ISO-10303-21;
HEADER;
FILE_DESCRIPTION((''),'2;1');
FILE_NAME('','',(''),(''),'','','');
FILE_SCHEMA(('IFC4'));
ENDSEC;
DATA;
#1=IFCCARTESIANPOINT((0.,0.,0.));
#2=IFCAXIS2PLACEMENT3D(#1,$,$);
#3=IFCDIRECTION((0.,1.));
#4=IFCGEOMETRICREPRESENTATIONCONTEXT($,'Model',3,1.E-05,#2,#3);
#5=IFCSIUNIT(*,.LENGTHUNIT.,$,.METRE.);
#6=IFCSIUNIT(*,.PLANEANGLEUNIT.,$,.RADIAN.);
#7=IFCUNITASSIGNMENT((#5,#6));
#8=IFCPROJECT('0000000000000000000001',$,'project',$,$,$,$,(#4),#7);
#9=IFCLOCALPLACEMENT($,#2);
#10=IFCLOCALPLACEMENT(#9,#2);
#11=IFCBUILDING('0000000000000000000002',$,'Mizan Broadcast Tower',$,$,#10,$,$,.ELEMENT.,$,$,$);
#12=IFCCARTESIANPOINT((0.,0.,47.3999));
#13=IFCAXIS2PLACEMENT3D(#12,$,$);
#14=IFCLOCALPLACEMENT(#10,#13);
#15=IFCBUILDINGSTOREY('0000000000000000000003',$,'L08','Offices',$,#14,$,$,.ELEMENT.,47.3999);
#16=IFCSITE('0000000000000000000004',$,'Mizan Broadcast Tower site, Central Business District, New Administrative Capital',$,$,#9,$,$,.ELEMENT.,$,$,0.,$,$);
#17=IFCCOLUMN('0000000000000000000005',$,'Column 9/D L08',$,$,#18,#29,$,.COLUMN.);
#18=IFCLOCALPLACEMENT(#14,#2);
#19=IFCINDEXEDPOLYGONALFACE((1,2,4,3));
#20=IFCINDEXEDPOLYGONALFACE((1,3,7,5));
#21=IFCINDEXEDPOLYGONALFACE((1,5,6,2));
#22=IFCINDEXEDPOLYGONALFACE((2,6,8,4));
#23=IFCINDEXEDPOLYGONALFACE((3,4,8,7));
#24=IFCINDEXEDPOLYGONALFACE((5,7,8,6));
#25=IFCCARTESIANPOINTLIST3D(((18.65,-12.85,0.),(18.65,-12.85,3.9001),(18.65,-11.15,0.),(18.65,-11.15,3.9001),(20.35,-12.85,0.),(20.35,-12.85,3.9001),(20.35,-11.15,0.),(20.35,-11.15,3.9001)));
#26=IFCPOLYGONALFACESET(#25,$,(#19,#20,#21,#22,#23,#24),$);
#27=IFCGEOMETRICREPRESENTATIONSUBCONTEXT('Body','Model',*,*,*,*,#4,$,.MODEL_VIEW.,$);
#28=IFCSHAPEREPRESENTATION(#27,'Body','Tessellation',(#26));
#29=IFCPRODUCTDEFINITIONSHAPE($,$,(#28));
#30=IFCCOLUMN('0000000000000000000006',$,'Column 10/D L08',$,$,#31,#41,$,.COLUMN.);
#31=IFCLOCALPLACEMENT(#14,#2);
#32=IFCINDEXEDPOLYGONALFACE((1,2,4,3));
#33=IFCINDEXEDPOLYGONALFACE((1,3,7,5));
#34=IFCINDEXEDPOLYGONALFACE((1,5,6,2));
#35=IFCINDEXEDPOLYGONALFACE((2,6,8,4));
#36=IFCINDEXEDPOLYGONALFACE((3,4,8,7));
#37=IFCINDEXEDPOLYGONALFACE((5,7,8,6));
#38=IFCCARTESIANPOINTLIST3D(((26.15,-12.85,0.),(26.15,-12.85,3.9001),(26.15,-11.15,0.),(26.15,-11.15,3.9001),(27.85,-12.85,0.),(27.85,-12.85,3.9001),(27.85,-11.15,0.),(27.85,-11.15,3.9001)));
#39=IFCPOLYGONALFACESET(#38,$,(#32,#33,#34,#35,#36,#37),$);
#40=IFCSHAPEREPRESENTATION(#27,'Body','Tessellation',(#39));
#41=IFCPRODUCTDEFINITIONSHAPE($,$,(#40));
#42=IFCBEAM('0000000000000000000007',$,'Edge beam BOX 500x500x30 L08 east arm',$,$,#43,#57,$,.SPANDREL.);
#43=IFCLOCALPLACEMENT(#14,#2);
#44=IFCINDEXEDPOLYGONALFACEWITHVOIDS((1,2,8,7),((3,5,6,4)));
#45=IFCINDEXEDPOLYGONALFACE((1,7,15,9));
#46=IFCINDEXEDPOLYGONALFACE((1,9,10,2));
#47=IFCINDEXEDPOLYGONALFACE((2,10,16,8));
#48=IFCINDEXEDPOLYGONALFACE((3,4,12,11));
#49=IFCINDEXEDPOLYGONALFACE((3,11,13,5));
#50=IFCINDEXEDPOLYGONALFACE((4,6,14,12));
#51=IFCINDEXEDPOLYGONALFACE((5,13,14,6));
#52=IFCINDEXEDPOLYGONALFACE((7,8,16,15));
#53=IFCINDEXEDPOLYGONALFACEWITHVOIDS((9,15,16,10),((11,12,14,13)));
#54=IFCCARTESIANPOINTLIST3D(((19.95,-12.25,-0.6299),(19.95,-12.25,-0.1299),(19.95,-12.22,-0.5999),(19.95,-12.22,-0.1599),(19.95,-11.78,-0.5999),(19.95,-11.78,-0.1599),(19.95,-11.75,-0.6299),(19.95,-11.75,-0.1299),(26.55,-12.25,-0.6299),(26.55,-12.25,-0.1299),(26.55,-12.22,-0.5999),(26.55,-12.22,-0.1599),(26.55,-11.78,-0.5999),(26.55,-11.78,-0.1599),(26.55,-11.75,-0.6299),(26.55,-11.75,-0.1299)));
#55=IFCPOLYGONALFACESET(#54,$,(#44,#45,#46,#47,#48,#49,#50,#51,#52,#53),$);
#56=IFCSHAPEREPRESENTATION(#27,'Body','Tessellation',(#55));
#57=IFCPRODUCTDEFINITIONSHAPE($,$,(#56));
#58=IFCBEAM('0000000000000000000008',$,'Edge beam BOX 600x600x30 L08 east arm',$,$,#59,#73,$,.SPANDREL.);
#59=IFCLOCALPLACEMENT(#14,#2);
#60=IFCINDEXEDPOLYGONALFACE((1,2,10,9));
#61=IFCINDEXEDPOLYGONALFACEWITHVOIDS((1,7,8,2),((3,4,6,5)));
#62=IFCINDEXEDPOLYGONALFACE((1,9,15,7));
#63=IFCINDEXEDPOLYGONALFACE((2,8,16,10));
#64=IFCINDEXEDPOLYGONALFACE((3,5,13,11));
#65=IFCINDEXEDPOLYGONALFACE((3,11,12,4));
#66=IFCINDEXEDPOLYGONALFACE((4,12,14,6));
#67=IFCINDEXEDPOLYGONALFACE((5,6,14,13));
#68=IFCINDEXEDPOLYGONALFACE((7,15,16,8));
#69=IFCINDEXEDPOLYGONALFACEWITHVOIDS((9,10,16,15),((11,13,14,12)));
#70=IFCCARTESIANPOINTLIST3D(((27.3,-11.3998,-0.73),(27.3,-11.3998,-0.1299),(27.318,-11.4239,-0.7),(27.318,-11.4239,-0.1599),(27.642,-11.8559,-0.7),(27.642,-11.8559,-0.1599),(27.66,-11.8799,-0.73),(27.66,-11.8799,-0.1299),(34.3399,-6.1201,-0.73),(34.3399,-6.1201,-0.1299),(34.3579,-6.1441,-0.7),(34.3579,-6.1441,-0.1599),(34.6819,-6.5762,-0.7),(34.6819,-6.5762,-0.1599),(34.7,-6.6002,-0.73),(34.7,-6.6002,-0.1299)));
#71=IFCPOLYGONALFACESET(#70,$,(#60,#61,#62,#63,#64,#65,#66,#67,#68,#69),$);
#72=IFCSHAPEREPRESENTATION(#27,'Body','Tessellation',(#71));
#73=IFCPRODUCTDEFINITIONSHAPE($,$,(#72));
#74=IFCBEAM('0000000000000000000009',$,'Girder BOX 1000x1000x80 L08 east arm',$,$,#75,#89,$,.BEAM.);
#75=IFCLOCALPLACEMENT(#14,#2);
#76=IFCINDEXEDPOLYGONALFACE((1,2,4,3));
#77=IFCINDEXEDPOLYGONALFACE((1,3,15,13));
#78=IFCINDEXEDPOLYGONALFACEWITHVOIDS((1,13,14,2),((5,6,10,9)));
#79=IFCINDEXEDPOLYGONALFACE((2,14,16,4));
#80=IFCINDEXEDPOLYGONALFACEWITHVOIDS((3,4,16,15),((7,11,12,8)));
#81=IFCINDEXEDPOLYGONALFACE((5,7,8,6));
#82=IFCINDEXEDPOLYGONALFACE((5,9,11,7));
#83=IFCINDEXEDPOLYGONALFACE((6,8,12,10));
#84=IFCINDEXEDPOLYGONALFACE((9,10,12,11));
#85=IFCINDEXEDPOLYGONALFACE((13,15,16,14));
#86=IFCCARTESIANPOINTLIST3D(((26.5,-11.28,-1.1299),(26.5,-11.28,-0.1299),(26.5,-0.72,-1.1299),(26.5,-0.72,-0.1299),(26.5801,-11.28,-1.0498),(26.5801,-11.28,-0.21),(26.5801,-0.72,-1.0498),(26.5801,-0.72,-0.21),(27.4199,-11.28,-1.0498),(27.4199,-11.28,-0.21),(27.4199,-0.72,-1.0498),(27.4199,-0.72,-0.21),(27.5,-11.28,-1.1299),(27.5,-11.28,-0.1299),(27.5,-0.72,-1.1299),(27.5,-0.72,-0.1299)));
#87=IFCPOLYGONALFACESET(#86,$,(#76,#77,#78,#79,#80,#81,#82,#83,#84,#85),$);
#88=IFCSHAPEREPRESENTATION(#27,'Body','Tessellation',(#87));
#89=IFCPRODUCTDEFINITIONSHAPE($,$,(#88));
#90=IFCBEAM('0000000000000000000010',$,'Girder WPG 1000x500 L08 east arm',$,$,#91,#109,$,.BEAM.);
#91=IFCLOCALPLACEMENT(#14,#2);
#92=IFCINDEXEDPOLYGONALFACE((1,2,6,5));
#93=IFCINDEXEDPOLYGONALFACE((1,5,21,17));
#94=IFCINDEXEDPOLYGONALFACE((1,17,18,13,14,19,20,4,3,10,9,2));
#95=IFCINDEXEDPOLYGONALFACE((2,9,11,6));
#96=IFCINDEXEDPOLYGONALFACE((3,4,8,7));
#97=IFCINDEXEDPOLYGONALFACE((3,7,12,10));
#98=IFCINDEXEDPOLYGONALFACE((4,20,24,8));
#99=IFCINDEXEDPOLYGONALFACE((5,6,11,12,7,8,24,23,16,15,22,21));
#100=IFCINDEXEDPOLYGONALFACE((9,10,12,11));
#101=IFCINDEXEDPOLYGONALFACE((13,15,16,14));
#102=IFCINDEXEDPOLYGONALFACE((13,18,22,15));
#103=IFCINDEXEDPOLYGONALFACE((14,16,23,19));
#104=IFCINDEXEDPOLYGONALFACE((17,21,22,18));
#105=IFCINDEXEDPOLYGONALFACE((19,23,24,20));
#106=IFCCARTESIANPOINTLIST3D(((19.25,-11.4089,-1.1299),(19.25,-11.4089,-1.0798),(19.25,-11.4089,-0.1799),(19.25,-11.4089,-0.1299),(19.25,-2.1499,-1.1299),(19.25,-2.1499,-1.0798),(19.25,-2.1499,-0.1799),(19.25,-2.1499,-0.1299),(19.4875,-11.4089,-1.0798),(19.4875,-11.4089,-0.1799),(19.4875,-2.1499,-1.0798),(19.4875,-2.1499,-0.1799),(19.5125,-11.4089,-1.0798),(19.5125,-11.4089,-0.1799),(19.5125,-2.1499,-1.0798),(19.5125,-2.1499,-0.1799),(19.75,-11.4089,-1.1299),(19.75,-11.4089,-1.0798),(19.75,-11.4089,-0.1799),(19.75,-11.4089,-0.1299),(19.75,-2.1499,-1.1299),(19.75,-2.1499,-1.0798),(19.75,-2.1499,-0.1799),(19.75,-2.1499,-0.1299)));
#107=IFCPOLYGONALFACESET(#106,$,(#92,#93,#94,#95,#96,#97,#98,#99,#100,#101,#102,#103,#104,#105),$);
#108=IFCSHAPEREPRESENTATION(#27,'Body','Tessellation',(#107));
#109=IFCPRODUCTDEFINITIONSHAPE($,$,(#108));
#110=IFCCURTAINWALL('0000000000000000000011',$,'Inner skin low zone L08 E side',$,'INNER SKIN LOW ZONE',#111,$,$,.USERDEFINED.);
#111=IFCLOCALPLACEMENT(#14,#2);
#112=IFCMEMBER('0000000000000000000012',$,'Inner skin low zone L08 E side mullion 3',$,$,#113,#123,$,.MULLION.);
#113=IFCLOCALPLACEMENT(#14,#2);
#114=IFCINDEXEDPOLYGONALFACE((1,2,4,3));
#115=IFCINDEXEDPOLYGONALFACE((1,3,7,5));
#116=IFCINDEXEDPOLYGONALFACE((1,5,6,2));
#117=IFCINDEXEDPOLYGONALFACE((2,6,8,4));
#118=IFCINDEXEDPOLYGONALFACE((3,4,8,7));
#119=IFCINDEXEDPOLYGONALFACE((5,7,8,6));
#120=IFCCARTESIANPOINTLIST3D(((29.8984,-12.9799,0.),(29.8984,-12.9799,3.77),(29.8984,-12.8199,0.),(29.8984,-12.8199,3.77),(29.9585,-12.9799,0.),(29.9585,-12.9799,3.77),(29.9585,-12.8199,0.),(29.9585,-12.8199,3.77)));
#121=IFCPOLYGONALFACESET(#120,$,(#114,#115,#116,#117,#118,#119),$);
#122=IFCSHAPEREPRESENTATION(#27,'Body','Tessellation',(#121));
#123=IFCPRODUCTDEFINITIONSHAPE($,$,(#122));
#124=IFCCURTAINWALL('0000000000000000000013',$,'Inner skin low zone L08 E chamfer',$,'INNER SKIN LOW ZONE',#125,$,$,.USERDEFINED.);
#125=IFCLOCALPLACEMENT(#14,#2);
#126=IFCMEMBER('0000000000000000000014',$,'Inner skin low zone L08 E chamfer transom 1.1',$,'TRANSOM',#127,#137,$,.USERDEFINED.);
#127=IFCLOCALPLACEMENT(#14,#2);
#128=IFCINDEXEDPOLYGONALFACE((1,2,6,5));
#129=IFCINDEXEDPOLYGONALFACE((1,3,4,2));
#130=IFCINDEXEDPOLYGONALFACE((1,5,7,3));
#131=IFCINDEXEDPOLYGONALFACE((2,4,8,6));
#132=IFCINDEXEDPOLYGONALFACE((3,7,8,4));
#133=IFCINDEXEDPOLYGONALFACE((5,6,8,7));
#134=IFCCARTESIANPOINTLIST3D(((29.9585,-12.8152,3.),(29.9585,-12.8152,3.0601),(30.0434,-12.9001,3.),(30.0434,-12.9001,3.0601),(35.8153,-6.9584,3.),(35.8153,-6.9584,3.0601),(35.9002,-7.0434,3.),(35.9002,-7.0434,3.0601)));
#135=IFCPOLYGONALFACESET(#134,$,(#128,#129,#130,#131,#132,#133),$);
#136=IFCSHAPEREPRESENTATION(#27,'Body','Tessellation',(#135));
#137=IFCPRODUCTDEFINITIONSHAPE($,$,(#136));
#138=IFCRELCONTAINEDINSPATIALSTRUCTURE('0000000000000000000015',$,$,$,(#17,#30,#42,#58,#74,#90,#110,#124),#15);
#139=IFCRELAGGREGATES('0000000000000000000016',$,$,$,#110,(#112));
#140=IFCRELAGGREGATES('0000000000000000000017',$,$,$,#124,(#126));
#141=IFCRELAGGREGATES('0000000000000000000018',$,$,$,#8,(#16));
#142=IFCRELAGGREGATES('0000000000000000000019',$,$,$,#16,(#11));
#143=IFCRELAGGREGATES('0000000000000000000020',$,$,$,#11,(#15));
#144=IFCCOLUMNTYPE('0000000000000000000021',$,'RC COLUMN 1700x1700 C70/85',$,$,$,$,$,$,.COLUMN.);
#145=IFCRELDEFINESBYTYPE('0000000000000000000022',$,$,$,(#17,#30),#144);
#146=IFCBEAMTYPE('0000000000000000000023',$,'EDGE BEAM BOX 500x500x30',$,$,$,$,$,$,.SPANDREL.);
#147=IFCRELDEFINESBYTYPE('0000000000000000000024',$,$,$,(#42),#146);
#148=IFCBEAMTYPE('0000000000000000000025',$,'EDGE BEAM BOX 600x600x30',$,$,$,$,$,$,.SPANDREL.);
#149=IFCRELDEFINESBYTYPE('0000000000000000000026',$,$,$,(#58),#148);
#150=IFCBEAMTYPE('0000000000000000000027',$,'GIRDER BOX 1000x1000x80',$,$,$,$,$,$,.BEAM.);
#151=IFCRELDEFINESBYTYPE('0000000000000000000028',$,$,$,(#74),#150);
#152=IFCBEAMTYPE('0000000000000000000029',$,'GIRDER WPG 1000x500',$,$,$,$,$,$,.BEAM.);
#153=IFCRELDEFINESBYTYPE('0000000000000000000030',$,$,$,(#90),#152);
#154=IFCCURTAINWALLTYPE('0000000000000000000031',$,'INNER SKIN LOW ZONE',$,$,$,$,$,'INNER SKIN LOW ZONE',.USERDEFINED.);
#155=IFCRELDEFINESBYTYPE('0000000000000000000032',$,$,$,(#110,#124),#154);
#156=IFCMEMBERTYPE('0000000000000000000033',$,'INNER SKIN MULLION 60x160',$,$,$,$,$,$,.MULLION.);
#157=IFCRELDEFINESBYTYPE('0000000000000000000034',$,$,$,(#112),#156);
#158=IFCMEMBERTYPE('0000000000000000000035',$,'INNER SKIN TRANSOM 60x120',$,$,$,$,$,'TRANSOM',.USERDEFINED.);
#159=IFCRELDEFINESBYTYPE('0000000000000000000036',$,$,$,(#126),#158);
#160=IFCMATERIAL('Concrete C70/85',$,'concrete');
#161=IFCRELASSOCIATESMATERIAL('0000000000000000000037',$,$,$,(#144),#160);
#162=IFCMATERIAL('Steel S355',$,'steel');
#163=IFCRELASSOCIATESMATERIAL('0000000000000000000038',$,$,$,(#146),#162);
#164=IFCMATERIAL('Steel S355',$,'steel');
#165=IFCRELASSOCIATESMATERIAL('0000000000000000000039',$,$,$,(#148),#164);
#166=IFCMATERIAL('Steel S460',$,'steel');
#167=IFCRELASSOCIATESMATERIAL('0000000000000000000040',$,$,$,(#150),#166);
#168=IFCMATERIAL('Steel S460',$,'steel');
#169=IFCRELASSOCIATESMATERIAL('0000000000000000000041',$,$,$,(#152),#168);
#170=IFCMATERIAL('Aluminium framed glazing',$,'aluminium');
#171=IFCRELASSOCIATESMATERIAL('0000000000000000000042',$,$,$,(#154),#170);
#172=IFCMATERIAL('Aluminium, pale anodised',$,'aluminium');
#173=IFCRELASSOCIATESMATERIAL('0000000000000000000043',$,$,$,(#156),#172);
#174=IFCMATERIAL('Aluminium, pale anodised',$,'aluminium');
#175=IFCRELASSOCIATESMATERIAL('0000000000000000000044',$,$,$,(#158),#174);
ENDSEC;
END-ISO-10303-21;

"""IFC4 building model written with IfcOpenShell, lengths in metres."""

from ifc_helpers import new_model, si_unit, direction, frame, origin, origin_2d, place, context, subcontext, project, spatial, rectangle, hollow_rectangle, i_section, extrude, material, material_profile, profile_set, type_object, element, aggregate, save


model = new_model("IFC4")

# Units and contexts
model_context = context("Model", 3, precision=1e-05, world=origin(), true_north=direction((0.0, 1.0)))
body_context = subcontext(model_context, "Body", "Model", "MODEL_VIEW")
ifc_project = project(units=[si_unit("LENGTHUNIT", "METRE"), si_unit("PLANEANGLEUNIT", "RADIAN")], contexts=[model_context])

# Site, building, storey
site_placement = place(None, origin())
site = spatial("IfcSite", under=ifc_project, at=site_placement, Name="Mizan Broadcast Tower site, Central Business District, New Administrative Capital", CompositionType="ELEMENT", RefElevation=0.0)
building_placement = place(site_placement, origin())
building = spatial("IfcBuilding", under=site, at=building_placement, Name="Mizan Broadcast Tower", CompositionType="ELEMENT")
storey_placement = place(building_placement, frame((0.0, 0.0, 47.3999)))
storey = spatial("IfcBuildingStorey", under=building, at=storey_placement, Name="L08", Description="Offices", CompositionType="ELEMENT", Elevation=47.3999)

# Columns
ifc_material_1 = material(Name="Concrete C70/85", Category="concrete")
ifc_material_profile_1 = material_profile(ifc_material_1, rectangle(XDim=1.7, YDim=1.7, at=origin_2d()), Name="RC 1700x1700")
ifc_profile_set_1 = profile_set([ifc_material_profile_1], Name="Concrete C70/85")
column_type = type_object("IfcColumnType", Name="RC COLUMN 1700x1700 C70/85", PredefinedType="COLUMN", material=ifc_profile_set_1)
for number, where, z_axis, x_axis, name in (
    (1, (19.5, -12.0, 0.0), (0.0, 0.0, 1.0), (1.0, 0.0, 0.0), "Column 9/D L08"),
    (2, (27.0, -12.0, 0.0), (0.0, 0.0, 1.0), (1.0, 0.0, 0.0), "Column 10/D L08"),
):
    element("IfcColumn", number, at=place(storey_placement, frame(where, z_axis=z_axis, x_axis=x_axis)), inside=storey, type_object=column_type, Name=name, PredefinedType="COLUMN", context=body_context, shape_type="SweptSolid", body=[
        extrude(rectangle(XDim=1.7, YDim=1.7, at=origin_2d()), origin(), (0.0, 0.0, 1.0), 3.9001),
    ])

# Beams
ifc_material_2 = material(Name="Steel S355", Category="steel")
ifc_material_profile_2 = material_profile(ifc_material_2, hollow_rectangle(XDim=0.5, YDim=0.5, WallThickness=0.03, at=origin_2d()), Name="BOX 500x500x30")
ifc_profile_set_2 = profile_set([ifc_material_profile_2], Name="Steel S355")
beam_type_1 = type_object("IfcBeamType", Name="EDGE BEAM BOX 500x500x30", PredefinedType="SPANDREL", material=ifc_profile_set_2)
beam_1_placement = place(storey_placement, frame((19.95, -12.0, -0.3799), z_axis=(1.0, 0.0, 0.0), x_axis=(0.0, 1.0, 0.0)))
element("IfcBeam", 3, at=beam_1_placement, inside=storey, type_object=beam_type_1, Name="Edge beam BOX 500x500x30 L08 east arm", PredefinedType="SPANDREL", context=body_context, shape_type="SweptSolid", body=[
    extrude(hollow_rectangle(XDim=0.5, YDim=0.5, WallThickness=0.03, at=origin_2d()), origin(), (0.0, 0.0, 1.0), 6.6001),
])
ifc_material_3 = material(Name="Steel S355", Category="steel")
ifc_material_profile_3 = material_profile(ifc_material_3, hollow_rectangle(XDim=0.6001, YDim=0.6001, WallThickness=0.03, at=origin_2d()), Name="BOX 600x600x30")
ifc_profile_set_3 = profile_set([ifc_material_profile_3], Name="Steel S355")
beam_type_2 = type_object("IfcBeamType", Name="EDGE BEAM BOX 600x600x30", PredefinedType="SPANDREL", material=ifc_profile_set_3)
beam_2_placement = place(storey_placement, frame((27.48, -11.6399, -0.4299), z_axis=(0.800013, 0.599982, 0.0), x_axis=(-0.599982, 0.800013, 0.0)))
element("IfcBeam", 4, at=beam_2_placement, inside=storey, type_object=beam_type_2, Name="Edge beam BOX 600x600x30 L08 east arm", PredefinedType="SPANDREL", context=body_context, shape_type="SweptSolid", body=[
    extrude(hollow_rectangle(XDim=0.6001, YDim=0.6001, WallThickness=0.03, at=origin_2d()), origin(), (0.0, 0.0, 1.0), 8.7998),
])
ifc_material_4 = material(Name="Steel S460", Category="steel")
ifc_material_profile_4 = material_profile(ifc_material_4, hollow_rectangle(XDim=1.0, YDim=1.0, WallThickness=0.0801, at=origin_2d()), Name="BOX 1000x1000x80")
ifc_profile_set_4 = profile_set([ifc_material_profile_4], Name="Steel S460")
beam_type_3 = type_object("IfcBeamType", Name="GIRDER BOX 1000x1000x80", PredefinedType="BEAM", material=ifc_profile_set_4)
beam_3_placement = place(storey_placement, frame((27.0, -11.28, -0.6299), z_axis=(0.0, 1.0, 0.0), x_axis=(-1.0, 0.0, 0.0)))
element("IfcBeam", 5, at=beam_3_placement, inside=storey, type_object=beam_type_3, Name="Girder BOX 1000x1000x80 L08 east arm", PredefinedType="BEAM", context=body_context, shape_type="SweptSolid", body=[
    extrude(hollow_rectangle(XDim=1.0, YDim=1.0, WallThickness=0.0801, at=origin_2d()), origin(), (0.0, 0.0, 1.0), 10.5601),
])
ifc_material_5 = material(Name="Steel S460", Category="steel")
ifc_material_profile_5 = material_profile(ifc_material_5, i_section(OverallWidth=0.5, OverallDepth=1.0, WebThickness=0.0249, FlangeThickness=0.05, at=origin_2d()), Name="WPG 1000x500")
ifc_profile_set_5 = profile_set([ifc_material_profile_5], Name="Steel S460")
beam_type_4 = type_object("IfcBeamType", Name="GIRDER WPG 1000x500", PredefinedType="BEAM", material=ifc_profile_set_5)
beam_4_placement = place(storey_placement, frame((19.5, -11.4089, -0.6299), z_axis=(0.0, 1.0, 0.0), x_axis=(-1.0, 0.0, 0.0)))
element("IfcBeam", 6, at=beam_4_placement, inside=storey, type_object=beam_type_4, Name="Girder WPG 1000x500 L08 east arm", PredefinedType="BEAM", context=body_context, shape_type="SweptSolid", body=[
    extrude(i_section(OverallWidth=0.5, OverallDepth=1.0, WebThickness=0.0249, FlangeThickness=0.05, at=origin_2d()), origin(), (0.0, 0.0, 1.0), 9.259),
])

# Curtain walls, members
ifc_material_6 = material(Name="Aluminium framed glazing", Category="aluminium")
curtain_wall_type = type_object("IfcCurtainWallType", Name="INNER SKIN LOW ZONE", ElementType="INNER SKIN LOW ZONE", PredefinedType="USERDEFINED", material=ifc_material_6)
curtain_wall_1_placement = place(storey_placement, origin())
curtain_wall_1 = element("IfcCurtainWall", 7, at=curtain_wall_1_placement, inside=storey, type_object=curtain_wall_type, Name="Inner skin low zone L08 E side", ObjectType="INNER SKIN LOW ZONE", PredefinedType="USERDEFINED")
ifc_material_7 = material(Name="Aluminium, pale anodised", Category="aluminium")
ifc_material_profile_6 = material_profile(ifc_material_7, rectangle(XDim=0.1599, YDim=0.0601, at=origin_2d()), Name="MULLION 160x60")
ifc_profile_set_6 = profile_set([ifc_material_profile_6], Name="Aluminium, pale anodised")
member_type_1 = type_object("IfcMemberType", Name="INNER SKIN MULLION 60x160", PredefinedType="MULLION", material=ifc_profile_set_6)
member_1_placement = place(storey_placement, frame((29.9285, -12.8999, 0.0), z_axis=(0.0, 0.0, 1.0), x_axis=(0.0, 1.0, 0.0)))
member_1 = element("IfcMember", 8, at=member_1_placement, type_object=member_type_1, Name="Inner skin low zone L08 E side mullion 3", PredefinedType="MULLION", context=body_context, shape_type="SweptSolid", body=[
    extrude(rectangle(XDim=0.1599, YDim=0.0601, at=origin_2d()), origin(), (0.0, 0.0, 1.0), 3.77),
])
aggregate(curtain_wall_1, [member_1])
curtain_wall_2_placement = place(storey_placement, origin())
curtain_wall_2 = element("IfcCurtainWall", 9, at=curtain_wall_2_placement, inside=storey, type_object=curtain_wall_type, Name="Inner skin low zone L08 E chamfer", ObjectType="INNER SKIN LOW ZONE", PredefinedType="USERDEFINED")
ifc_material_8 = material(Name="Aluminium, pale anodised", Category="aluminium")
ifc_material_profile_7 = material_profile(ifc_material_8, rectangle(XDim=0.1201, YDim=0.0601, at=origin_2d()), Name="TRANSOM 120x60")
ifc_profile_set_7 = profile_set([ifc_material_profile_7], Name="Aluminium, pale anodised")
member_type_2 = type_object("IfcMemberType", Name="INNER SKIN TRANSOM 60x120", ElementType="TRANSOM", PredefinedType="USERDEFINED", material=ifc_profile_set_7)
member_2_placement = place(storey_placement, frame((30.001, -12.8577, 3.03), z_axis=(0.707107, 0.707107, 0.0), x_axis=(-0.707107, 0.707107, 0.0)))
member_2 = element("IfcMember", 10, at=member_2_placement, type_object=member_type_2, Name="Inner skin low zone L08 E chamfer transom 1.1", ObjectType="TRANSOM", PredefinedType="USERDEFINED", context=body_context, shape_type="SweptSolid", body=[
    extrude(rectangle(XDim=0.1201, YDim=0.0601, at=origin_2d()), origin(), (0.0, 0.0, 1.0), 8.2827),
])
aggregate(curtain_wall_2, [member_2])

save(model, "model.ifc")
